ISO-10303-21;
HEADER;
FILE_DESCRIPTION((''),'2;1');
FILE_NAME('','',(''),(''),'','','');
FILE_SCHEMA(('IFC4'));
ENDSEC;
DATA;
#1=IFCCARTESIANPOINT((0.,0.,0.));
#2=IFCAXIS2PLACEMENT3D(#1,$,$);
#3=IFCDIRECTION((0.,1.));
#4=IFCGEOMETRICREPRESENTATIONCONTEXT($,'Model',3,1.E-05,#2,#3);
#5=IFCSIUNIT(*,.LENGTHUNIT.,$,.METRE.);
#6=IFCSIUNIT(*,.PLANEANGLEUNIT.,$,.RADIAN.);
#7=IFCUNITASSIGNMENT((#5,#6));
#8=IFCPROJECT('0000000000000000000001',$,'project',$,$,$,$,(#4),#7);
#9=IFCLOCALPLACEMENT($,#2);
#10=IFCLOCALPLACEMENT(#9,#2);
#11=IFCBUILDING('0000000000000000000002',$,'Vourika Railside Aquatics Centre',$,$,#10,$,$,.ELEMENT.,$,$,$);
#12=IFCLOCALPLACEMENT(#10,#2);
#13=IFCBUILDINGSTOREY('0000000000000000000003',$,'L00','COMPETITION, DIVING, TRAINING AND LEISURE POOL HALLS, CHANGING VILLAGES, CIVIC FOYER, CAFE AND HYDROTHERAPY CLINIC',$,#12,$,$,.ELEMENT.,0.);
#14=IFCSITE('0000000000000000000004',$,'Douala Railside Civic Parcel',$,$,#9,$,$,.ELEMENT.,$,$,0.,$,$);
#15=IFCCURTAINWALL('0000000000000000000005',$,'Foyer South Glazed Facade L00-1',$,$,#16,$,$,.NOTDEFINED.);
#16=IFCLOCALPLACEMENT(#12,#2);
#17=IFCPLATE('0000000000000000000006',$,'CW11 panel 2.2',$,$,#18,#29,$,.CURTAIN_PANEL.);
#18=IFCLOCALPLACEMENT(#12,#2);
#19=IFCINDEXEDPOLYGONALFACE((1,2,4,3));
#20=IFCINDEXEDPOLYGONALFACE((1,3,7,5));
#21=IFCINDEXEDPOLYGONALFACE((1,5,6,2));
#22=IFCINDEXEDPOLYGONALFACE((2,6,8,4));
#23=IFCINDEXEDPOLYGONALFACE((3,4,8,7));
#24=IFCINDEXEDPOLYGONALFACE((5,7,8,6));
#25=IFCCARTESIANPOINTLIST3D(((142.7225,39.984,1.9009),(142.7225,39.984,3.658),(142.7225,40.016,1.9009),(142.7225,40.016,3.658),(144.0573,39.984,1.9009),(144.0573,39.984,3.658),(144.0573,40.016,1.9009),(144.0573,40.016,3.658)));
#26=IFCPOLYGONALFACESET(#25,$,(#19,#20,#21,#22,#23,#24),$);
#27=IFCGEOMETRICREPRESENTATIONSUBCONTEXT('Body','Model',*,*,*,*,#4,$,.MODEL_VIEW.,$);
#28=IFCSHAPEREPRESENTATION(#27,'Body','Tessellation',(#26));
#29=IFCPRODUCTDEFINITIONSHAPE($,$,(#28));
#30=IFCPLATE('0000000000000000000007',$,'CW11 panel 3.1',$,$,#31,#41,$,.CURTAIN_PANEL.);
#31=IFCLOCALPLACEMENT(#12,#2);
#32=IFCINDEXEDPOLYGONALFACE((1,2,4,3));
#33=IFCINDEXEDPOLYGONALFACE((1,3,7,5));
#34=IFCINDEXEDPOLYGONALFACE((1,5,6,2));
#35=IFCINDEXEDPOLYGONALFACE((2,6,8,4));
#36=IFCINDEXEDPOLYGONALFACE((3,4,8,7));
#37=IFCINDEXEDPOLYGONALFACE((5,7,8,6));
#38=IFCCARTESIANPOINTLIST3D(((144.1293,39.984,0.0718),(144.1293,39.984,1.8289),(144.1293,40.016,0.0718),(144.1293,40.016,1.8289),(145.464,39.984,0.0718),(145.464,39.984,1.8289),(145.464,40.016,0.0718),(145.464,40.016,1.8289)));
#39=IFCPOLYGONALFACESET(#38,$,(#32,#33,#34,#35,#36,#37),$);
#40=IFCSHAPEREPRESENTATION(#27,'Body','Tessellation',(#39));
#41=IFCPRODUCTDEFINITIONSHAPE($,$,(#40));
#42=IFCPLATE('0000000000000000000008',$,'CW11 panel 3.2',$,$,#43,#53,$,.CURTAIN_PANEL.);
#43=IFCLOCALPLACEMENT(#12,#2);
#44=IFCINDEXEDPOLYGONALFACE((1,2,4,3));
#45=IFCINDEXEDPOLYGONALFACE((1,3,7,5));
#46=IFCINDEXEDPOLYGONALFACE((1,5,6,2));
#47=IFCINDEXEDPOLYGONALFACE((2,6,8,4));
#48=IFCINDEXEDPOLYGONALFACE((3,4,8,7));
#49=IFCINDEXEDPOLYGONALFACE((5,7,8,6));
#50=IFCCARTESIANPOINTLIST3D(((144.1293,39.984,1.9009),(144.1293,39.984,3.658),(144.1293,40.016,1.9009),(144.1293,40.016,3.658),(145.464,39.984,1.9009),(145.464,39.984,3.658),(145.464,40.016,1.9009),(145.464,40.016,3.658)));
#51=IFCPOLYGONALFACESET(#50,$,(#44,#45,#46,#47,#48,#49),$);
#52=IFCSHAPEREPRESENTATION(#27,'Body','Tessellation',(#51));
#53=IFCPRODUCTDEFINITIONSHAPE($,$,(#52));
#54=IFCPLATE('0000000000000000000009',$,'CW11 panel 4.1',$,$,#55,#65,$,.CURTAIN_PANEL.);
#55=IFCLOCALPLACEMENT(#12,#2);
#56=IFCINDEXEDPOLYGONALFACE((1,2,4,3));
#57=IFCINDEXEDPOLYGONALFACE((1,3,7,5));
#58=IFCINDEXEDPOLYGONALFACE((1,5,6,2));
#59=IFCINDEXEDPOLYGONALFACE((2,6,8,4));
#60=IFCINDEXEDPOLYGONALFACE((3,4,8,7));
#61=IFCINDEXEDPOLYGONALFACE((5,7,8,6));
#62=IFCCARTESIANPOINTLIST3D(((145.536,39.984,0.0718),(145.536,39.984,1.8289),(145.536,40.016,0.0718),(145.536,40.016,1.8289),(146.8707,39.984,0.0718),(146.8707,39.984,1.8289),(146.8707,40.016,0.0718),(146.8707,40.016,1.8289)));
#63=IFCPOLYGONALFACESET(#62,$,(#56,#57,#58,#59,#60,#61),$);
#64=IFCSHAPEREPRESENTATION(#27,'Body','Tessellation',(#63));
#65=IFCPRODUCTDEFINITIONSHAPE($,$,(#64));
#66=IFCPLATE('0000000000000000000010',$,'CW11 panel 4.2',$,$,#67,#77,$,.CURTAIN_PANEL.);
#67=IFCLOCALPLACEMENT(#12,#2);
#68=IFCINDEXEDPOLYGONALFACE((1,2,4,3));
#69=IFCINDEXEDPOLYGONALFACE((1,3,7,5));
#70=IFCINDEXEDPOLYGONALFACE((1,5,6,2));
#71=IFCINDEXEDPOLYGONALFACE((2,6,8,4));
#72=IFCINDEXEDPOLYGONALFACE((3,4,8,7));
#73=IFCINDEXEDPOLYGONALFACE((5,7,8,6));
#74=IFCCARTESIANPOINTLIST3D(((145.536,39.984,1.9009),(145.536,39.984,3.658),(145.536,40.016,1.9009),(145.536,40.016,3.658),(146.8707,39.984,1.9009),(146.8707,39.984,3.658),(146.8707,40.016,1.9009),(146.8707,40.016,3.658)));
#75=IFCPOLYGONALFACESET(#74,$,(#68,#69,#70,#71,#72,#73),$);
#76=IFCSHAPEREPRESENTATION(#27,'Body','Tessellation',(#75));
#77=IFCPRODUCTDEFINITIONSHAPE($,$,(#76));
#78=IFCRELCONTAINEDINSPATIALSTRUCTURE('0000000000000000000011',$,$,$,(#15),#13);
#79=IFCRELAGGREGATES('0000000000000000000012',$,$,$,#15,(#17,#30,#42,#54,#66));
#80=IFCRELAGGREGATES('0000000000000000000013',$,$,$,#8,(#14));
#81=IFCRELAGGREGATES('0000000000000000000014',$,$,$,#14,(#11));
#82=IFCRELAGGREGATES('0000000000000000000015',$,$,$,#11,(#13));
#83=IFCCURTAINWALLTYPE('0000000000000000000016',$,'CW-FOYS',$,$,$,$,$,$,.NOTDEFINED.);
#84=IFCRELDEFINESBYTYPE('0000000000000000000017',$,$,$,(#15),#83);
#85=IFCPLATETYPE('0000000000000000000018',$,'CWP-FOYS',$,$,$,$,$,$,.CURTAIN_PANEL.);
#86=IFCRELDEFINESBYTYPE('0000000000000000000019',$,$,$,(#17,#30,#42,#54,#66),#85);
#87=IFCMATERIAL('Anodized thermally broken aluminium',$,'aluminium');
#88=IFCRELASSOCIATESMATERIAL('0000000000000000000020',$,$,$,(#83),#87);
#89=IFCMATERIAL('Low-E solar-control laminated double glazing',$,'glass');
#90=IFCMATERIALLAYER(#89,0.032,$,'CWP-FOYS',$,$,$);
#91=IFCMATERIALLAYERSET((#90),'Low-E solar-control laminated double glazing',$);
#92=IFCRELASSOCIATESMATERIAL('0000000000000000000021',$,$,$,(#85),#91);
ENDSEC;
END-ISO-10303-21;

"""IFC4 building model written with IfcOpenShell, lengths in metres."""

from ifc_helpers import new_model, si_unit, direction, frame, origin, origin_2d, place, context, subcontext, project, spatial, rectangle, extrude, material, layer, layer_set, type_object, element, aggregate, save


model = new_model("IFC4")

# Units and contexts
model_context = context("Model", 3, precision=1e-05, world=origin(), true_north=direction((0.0, 1.0)))
body_context = subcontext(model_context, "Body", "Model", "MODEL_VIEW")
ifc_project = project(units=[si_unit("LENGTHUNIT", "METRE"), si_unit("PLANEANGLEUNIT", "RADIAN")], contexts=[model_context])

# Site, building, storey
site_placement = place(None, origin())
site = spatial("IfcSite", under=ifc_project, at=site_placement, Name="Douala Railside Civic Parcel", CompositionType="ELEMENT", RefElevation=0.0)
building_placement = place(site_placement, origin())
building = spatial("IfcBuilding", under=site, at=building_placement, Name="Vourika Railside Aquatics Centre", CompositionType="ELEMENT")
storey_placement = place(building_placement, origin())
storey = spatial("IfcBuildingStorey", under=building, at=storey_placement, Name="L00", Description="COMPETITION, DIVING, TRAINING AND LEISURE POOL HALLS, CHANGING VILLAGES, CIVIC FOYER, CAFE AND HYDROTHERAPY CLINIC", CompositionType="ELEMENT", Elevation=0.0)

# Curtain wall, plates
ifc_material_1 = material(Name="Anodized thermally broken aluminium", Category="aluminium")
curtain_wall_type = type_object("IfcCurtainWallType", Name="CW-FOYS", PredefinedType="NOTDEFINED", material=ifc_material_1)
curtain_wall_placement = place(storey_placement, origin())
curtain_wall = element("IfcCurtainWall", 1, at=curtain_wall_placement, inside=storey, type_object=curtain_wall_type, Name="Foyer South Glazed Facade L00-1", PredefinedType="NOTDEFINED")
ifc_material_2 = material(Name="Low-E solar-control laminated double glazing", Category="glass")
ifc_layer = layer(ifc_material_2, 0.032, Name="CWP-FOYS")
ifc_layer_set = layer_set([ifc_layer], Name="Low-E solar-control laminated double glazing")
plate_type = type_object("IfcPlateType", Name="CWP-FOYS", PredefinedType="CURTAIN_PANEL", material=ifc_layer_set)
plate_1_placement = place(storey_placement, frame((143.3899, 40.0, 1.9009), z_axis=(0.0, 0.0, 1.0), x_axis=(1.0, 0.0, 0.0)))
plate_1 = element("IfcPlate", 2, at=plate_1_placement, type_object=plate_type, Name="CW11 panel 2.2", PredefinedType="CURTAIN_PANEL", context=body_context, shape_type="SweptSolid", body=[
    extrude(rectangle(XDim=1.3347, YDim=0.032, at=origin_2d()), origin(), (0.0, 0.0, 1.0), 1.7571),
])
plate_2_placement = place(storey_placement, frame((144.7966, 40.0, 0.0718), z_axis=(0.0, 0.0, 1.0), x_axis=(1.0, 0.0, 0.0)))
plate_2 = element("IfcPlate", 3, at=plate_2_placement, type_object=plate_type, Name="CW11 panel 3.1", PredefinedType="CURTAIN_PANEL", context=body_context, shape_type="SweptSolid", body=[
    extrude(rectangle(XDim=1.3347, YDim=0.032, at=origin_2d()), origin(), (0.0, 0.0, 1.0), 1.7571),
])
plate_3_placement = place(storey_placement, frame((144.7966, 40.0, 1.9009), z_axis=(0.0, 0.0, 1.0), x_axis=(1.0, 0.0, 0.0)))
plate_3 = element("IfcPlate", 4, at=plate_3_placement, type_object=plate_type, Name="CW11 panel 3.2", PredefinedType="CURTAIN_PANEL", context=body_context, shape_type="SweptSolid", body=[
    extrude(rectangle(XDim=1.3347, YDim=0.032, at=origin_2d()), origin(), (0.0, 0.0, 1.0), 1.7571),
])
plate_4_placement = place(storey_placement, frame((146.2034, 40.0, 0.0718), z_axis=(0.0, 0.0, 1.0), x_axis=(1.0, 0.0, 0.0)))
plate_4 = element("IfcPlate", 5, at=plate_4_placement, type_object=plate_type, Name="CW11 panel 4.1", PredefinedType="CURTAIN_PANEL", context=body_context, shape_type="SweptSolid", body=[
    extrude(rectangle(XDim=1.3347, YDim=0.032, at=origin_2d()), origin(), (0.0, 0.0, 1.0), 1.7571),
])
plate_5_placement = place(storey_placement, frame((146.2034, 40.0, 1.9009), z_axis=(0.0, 0.0, 1.0), x_axis=(1.0, 0.0, 0.0)))
plate_5 = element("IfcPlate", 6, at=plate_5_placement, type_object=plate_type, Name="CW11 panel 4.2", PredefinedType="CURTAIN_PANEL", context=body_context, shape_type="SweptSolid", body=[
    extrude(rectangle(XDim=1.3347, YDim=0.032, at=origin_2d()), origin(), (0.0, 0.0, 1.0), 1.7571),
])
aggregate(curtain_wall, [plate_1, plate_2, plate_3, plate_4, plate_5])

save(model, "model.ifc")
